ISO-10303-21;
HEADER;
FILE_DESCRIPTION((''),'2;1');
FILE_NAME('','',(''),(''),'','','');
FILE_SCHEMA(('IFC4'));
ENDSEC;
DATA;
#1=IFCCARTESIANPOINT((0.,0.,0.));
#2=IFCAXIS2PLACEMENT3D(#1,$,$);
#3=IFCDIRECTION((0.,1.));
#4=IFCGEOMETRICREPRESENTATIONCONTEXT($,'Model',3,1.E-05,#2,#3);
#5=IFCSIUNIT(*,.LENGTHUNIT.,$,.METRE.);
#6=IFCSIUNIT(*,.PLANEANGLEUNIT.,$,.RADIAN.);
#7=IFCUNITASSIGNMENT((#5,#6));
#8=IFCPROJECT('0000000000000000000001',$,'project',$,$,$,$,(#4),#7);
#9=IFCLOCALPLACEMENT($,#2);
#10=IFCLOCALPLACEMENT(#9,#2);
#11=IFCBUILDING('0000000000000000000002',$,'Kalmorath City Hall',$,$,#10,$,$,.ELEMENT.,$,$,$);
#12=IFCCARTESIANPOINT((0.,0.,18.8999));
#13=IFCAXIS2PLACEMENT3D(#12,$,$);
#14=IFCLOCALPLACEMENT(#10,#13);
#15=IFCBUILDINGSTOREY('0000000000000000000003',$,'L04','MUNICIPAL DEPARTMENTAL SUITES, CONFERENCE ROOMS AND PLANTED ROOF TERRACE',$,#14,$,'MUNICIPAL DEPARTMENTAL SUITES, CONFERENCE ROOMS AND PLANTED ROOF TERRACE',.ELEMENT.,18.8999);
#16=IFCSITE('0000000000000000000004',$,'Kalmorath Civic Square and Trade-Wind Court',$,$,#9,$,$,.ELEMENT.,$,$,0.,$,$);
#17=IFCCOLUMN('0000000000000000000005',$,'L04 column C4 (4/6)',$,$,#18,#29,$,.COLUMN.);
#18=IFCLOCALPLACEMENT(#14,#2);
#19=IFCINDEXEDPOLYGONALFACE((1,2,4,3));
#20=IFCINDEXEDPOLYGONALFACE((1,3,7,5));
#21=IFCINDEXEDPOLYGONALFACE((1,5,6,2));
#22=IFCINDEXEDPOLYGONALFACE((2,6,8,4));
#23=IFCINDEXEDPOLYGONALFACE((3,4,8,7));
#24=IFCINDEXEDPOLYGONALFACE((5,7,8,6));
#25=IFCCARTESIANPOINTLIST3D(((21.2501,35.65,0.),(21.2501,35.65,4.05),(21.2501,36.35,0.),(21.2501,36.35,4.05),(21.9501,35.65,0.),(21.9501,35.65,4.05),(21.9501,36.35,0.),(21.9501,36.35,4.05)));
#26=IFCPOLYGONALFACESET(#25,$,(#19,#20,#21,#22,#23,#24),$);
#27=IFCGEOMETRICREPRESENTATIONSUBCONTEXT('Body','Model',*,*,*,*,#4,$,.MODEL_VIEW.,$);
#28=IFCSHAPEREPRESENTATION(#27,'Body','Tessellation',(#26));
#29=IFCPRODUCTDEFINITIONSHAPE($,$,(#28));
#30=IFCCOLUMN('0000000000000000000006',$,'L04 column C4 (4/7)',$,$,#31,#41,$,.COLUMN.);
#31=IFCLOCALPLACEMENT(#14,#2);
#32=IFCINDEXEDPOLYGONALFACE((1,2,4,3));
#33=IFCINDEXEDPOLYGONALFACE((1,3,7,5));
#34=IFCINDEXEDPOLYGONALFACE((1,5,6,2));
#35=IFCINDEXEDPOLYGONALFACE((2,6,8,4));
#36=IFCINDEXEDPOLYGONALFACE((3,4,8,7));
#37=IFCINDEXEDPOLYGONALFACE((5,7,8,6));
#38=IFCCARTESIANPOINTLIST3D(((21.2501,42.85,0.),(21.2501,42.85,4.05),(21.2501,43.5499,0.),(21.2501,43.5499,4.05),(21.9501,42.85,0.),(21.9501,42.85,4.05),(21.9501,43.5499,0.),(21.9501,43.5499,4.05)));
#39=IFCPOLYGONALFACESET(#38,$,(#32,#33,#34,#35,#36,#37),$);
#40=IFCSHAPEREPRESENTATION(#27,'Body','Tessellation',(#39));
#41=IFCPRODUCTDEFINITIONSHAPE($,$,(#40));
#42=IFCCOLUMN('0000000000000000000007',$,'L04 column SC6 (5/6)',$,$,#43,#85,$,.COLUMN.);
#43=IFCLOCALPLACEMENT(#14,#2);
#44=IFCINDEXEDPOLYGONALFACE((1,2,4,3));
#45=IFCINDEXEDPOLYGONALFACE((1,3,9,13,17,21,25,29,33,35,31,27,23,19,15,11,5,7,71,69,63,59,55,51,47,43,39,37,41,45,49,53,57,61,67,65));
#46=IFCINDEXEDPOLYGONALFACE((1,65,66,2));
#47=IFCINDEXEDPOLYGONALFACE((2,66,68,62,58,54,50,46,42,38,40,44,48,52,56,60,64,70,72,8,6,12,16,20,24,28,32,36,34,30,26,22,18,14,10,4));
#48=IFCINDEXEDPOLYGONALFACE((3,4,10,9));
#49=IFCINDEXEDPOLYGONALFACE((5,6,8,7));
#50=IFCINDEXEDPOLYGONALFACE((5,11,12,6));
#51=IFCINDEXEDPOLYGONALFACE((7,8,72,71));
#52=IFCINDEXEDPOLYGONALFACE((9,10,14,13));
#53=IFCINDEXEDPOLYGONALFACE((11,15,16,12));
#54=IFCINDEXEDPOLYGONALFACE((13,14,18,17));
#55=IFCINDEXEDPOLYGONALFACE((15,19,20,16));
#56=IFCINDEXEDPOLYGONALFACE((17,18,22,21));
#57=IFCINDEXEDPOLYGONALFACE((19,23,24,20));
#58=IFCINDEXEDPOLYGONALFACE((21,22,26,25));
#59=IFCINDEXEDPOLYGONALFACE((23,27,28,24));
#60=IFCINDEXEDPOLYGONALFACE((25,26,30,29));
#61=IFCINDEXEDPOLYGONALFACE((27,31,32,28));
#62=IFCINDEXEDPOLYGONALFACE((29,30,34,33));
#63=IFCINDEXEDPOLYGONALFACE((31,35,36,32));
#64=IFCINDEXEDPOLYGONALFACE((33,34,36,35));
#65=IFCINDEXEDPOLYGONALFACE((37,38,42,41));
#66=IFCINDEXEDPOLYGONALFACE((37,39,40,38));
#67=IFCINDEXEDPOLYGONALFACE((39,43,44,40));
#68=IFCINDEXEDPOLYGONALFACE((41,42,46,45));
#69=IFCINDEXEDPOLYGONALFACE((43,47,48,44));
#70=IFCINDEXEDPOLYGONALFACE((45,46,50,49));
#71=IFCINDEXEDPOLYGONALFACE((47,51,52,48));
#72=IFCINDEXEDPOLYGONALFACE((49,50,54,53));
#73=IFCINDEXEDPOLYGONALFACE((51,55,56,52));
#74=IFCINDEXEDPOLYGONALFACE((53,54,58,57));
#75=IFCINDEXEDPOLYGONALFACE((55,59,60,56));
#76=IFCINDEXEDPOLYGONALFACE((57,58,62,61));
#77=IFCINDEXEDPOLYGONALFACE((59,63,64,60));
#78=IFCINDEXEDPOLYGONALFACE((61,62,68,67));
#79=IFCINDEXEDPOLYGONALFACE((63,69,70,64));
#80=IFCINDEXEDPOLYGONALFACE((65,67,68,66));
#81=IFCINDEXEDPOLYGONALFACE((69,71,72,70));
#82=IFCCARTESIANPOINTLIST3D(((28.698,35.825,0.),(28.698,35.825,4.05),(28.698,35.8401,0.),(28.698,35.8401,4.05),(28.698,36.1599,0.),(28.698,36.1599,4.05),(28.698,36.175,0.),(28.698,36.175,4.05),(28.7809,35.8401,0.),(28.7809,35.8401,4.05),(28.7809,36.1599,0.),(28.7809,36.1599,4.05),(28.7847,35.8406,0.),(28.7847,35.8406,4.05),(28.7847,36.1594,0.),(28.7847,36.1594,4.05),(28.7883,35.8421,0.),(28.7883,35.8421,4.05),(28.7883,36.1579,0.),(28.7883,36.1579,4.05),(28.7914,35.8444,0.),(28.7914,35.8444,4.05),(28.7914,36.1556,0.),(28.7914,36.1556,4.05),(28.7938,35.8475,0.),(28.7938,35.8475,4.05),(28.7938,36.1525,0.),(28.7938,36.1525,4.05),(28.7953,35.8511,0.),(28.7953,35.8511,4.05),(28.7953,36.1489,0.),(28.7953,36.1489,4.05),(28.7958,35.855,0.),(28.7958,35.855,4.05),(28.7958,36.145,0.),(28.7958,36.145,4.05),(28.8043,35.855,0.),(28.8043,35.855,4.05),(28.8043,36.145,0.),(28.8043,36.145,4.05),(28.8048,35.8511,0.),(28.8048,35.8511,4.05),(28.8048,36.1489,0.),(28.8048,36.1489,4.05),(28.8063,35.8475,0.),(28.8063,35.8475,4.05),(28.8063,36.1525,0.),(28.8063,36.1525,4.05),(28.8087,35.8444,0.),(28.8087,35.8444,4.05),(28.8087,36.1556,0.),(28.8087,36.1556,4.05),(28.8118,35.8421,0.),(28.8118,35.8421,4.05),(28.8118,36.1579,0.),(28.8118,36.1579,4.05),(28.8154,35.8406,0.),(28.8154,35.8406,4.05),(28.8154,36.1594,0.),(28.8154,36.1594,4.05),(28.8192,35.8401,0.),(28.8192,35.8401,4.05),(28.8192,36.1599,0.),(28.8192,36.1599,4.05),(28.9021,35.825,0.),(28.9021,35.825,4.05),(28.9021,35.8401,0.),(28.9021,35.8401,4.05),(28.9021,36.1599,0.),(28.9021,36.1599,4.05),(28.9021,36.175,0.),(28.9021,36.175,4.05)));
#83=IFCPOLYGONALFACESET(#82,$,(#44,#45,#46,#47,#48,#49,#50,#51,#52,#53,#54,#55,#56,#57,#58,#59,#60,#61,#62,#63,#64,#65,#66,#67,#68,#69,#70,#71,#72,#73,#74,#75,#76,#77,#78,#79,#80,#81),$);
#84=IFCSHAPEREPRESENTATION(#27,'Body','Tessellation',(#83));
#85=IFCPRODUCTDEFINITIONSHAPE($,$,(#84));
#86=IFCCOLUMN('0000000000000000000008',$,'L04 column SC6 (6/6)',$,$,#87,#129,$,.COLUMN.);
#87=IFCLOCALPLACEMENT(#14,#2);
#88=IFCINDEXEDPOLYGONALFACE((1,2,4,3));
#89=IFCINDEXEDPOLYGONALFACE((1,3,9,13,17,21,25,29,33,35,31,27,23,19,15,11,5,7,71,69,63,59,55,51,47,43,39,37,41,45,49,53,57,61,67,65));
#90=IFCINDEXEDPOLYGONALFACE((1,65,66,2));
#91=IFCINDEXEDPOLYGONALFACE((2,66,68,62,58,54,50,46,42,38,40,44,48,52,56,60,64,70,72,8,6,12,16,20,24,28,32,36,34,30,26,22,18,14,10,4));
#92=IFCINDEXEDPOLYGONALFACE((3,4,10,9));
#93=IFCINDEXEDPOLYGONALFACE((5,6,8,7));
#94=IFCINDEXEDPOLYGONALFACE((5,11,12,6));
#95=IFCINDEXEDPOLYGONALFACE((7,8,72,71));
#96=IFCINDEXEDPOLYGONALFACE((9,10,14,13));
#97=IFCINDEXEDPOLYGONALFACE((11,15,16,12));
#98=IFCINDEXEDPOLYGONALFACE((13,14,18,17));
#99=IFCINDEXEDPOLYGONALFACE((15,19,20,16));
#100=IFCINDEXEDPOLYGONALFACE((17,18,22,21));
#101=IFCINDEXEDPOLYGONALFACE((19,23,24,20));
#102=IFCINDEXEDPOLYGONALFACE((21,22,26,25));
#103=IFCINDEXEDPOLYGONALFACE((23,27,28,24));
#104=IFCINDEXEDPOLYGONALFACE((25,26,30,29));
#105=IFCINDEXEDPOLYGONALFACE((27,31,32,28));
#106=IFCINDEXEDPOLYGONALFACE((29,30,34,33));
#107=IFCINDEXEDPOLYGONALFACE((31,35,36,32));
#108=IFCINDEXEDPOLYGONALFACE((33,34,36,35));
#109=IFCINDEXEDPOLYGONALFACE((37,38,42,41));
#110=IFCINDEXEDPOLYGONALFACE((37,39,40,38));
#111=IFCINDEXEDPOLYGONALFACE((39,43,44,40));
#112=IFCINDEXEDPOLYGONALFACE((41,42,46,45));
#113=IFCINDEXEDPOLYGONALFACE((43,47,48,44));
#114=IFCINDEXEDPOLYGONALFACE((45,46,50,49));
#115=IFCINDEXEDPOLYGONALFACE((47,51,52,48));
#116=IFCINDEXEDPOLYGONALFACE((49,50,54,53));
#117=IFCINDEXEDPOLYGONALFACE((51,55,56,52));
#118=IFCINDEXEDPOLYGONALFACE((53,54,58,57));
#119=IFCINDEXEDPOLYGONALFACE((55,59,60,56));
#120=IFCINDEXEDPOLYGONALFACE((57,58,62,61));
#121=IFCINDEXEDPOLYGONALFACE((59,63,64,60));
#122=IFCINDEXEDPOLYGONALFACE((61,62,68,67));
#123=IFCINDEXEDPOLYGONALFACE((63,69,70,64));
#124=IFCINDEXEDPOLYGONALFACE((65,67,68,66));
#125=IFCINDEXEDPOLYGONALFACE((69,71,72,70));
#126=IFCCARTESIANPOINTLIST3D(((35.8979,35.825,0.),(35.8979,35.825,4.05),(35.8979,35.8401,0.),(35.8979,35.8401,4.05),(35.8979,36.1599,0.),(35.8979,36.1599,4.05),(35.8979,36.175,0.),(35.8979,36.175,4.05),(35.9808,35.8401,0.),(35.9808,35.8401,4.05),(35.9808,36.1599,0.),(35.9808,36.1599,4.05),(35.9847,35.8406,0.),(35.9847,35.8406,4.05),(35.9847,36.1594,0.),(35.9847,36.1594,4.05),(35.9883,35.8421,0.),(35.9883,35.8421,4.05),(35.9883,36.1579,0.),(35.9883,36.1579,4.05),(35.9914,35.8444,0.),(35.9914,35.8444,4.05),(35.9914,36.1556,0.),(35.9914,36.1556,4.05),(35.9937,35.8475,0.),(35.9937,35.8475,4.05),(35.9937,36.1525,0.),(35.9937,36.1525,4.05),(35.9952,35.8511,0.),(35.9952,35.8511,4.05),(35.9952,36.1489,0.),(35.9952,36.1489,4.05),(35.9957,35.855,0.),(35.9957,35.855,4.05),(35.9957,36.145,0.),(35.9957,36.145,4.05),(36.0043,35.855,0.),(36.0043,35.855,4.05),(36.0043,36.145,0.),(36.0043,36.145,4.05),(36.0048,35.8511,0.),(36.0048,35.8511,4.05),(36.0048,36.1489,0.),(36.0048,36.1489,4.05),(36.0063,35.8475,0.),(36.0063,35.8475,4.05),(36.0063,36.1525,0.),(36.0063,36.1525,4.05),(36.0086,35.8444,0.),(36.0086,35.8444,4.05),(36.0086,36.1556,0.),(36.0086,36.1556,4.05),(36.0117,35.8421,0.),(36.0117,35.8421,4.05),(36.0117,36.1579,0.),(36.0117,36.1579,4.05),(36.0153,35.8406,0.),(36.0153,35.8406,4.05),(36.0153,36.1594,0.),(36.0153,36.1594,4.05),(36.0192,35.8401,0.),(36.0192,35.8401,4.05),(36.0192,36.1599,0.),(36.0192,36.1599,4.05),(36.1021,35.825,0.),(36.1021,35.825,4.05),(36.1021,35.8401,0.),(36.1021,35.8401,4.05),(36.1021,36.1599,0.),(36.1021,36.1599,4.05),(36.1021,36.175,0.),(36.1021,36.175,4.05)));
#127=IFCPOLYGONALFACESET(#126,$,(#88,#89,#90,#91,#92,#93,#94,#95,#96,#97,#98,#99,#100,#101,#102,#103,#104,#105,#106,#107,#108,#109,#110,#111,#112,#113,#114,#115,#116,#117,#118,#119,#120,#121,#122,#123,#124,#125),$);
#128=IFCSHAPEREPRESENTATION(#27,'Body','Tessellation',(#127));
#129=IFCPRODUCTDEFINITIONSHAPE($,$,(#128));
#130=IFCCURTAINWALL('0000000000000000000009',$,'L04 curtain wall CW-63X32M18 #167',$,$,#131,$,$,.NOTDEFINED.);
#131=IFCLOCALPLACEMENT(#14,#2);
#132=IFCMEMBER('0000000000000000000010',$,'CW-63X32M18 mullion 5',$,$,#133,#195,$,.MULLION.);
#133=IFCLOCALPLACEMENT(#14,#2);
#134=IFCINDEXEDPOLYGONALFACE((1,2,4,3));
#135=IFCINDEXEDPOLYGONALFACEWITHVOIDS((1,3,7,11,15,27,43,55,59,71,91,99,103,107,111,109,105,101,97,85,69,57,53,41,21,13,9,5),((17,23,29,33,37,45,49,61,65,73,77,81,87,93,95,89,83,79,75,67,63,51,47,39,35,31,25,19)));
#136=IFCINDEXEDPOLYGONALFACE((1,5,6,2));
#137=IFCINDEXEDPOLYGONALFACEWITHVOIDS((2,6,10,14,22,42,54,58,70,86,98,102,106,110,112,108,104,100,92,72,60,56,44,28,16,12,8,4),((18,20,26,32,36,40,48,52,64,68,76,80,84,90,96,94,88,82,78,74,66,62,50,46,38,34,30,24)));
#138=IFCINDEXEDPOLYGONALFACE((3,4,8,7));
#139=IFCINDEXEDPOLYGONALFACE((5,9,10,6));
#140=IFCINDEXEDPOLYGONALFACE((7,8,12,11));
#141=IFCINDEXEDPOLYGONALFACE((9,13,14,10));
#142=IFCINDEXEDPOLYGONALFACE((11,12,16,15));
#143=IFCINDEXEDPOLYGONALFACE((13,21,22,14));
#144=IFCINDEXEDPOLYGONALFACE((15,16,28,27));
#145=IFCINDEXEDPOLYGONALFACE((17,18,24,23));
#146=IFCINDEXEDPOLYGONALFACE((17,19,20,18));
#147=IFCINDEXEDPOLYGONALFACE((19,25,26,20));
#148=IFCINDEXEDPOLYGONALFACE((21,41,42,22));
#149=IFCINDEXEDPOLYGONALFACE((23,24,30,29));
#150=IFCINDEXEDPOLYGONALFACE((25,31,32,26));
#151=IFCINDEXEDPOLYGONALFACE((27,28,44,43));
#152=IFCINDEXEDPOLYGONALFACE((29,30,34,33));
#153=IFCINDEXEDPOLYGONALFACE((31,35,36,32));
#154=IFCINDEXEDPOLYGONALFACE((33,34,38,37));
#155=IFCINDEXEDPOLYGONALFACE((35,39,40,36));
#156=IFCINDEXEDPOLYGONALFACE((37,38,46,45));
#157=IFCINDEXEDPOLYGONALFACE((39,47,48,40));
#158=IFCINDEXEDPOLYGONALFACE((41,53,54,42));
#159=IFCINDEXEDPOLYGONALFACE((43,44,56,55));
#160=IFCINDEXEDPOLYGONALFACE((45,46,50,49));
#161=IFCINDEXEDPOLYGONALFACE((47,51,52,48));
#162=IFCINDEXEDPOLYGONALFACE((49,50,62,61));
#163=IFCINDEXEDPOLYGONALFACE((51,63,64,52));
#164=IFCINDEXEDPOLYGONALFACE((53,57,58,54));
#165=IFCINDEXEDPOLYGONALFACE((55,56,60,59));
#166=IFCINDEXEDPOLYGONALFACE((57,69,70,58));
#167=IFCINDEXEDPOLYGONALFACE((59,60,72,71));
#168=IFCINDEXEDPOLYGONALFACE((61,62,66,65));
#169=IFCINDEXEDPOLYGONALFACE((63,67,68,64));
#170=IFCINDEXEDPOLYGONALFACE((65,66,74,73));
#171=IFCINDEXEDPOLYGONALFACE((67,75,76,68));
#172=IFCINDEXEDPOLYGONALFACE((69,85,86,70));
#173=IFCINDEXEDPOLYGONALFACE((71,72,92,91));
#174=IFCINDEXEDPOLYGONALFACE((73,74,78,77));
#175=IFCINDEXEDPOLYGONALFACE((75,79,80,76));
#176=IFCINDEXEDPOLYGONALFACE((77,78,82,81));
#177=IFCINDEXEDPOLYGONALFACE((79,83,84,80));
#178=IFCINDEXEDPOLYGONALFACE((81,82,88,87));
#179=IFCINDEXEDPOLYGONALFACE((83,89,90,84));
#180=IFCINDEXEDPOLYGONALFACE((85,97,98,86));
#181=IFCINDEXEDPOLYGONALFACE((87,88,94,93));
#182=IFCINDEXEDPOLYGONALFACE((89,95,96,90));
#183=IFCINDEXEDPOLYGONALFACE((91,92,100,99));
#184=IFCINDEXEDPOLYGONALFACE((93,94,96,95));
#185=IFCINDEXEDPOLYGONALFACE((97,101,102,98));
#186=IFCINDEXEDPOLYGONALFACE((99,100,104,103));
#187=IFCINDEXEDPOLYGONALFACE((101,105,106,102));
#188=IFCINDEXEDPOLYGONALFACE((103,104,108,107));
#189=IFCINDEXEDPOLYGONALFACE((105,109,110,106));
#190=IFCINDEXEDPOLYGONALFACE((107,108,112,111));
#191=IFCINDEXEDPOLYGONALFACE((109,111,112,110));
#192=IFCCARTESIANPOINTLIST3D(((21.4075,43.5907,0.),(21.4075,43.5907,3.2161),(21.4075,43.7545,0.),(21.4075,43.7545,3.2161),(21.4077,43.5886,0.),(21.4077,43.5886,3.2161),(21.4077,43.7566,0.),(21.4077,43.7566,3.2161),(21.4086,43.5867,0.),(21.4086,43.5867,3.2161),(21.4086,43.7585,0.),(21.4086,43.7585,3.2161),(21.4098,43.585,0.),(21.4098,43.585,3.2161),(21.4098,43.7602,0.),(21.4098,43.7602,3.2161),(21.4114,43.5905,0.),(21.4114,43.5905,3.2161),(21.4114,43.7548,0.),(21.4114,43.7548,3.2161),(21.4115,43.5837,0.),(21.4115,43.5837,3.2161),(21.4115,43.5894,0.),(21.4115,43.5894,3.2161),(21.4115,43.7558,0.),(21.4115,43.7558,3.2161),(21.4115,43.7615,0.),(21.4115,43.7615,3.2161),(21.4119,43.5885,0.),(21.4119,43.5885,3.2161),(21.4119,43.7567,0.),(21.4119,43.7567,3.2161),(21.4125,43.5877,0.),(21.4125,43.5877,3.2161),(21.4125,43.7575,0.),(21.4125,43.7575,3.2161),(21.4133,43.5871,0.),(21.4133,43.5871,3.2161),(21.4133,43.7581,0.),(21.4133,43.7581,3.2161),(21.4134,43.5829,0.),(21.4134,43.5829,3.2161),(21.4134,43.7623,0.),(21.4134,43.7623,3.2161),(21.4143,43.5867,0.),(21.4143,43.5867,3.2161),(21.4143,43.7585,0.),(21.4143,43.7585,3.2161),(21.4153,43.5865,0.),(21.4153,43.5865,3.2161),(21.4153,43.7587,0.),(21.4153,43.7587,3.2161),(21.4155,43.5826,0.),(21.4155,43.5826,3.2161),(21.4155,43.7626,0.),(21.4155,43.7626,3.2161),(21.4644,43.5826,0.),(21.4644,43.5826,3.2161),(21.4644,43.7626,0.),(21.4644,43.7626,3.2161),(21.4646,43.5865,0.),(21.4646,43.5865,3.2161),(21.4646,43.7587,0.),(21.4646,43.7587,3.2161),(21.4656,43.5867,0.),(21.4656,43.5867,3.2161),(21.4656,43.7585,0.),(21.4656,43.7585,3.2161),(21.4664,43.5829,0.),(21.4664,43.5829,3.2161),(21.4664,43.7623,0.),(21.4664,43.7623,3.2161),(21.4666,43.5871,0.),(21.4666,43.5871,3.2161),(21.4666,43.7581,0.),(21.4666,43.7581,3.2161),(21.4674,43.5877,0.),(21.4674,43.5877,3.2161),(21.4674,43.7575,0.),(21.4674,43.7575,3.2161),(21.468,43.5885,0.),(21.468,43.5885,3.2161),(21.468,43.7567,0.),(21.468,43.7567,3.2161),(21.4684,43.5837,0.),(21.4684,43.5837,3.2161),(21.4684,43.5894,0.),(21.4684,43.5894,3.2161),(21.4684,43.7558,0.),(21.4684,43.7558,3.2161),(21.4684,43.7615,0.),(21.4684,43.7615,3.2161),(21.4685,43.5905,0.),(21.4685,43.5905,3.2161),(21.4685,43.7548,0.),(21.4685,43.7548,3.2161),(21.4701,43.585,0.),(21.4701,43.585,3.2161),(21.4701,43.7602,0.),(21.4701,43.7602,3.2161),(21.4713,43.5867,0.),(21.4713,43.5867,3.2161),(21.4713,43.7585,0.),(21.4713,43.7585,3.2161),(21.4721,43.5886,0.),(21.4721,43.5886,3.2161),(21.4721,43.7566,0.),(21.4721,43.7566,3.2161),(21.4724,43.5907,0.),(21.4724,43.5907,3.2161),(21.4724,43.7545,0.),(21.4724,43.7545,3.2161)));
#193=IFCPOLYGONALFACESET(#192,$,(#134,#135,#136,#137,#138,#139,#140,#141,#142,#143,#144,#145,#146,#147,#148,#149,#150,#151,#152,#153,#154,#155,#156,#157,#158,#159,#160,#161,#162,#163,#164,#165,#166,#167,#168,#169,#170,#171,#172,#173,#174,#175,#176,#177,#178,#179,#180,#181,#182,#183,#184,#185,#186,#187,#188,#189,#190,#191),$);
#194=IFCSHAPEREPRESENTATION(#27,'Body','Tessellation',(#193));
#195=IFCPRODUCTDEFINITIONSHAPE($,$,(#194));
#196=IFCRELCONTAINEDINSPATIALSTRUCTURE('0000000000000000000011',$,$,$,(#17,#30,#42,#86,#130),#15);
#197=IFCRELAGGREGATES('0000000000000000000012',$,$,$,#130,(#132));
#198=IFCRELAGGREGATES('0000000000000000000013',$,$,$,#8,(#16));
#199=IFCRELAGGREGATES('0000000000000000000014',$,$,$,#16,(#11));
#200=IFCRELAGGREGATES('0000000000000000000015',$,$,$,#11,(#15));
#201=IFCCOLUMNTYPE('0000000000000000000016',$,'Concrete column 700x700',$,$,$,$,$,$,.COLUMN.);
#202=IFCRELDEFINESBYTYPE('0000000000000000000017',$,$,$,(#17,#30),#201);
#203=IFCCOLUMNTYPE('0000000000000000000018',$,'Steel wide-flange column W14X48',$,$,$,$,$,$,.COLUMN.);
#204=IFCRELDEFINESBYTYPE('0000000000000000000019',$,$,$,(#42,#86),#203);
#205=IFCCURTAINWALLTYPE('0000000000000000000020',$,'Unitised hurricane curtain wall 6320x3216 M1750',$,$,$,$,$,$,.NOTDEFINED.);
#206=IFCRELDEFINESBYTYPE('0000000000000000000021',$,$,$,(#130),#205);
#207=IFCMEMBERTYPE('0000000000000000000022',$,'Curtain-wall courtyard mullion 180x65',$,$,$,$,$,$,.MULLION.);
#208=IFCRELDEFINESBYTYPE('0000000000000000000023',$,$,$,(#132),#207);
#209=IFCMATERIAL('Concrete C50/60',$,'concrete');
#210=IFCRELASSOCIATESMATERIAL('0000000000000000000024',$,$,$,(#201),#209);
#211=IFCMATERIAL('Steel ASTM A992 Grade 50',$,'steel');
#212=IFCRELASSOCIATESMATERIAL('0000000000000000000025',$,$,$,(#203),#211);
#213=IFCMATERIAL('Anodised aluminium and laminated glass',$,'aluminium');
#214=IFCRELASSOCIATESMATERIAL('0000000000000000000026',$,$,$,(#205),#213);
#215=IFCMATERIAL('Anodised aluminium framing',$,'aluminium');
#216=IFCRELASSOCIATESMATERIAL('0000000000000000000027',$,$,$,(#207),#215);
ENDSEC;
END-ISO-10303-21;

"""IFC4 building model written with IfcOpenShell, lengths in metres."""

from ifc_helpers import new_model, si_unit, direction, frame, origin, origin_2d, place, context, subcontext, project, spatial, rectangle, hollow_rectangle, i_section, extrude, material, material_profile, profile_set, type_object, element, aggregate, save


model = new_model("IFC4")

# Units and contexts
model_context = context("Model", 3, precision=1e-05, world=origin(), true_north=direction((0.0, 1.0)))
body_context = subcontext(model_context, "Body", "Model", "MODEL_VIEW")
ifc_project = project(units=[si_unit("LENGTHUNIT", "METRE"), si_unit("PLANEANGLEUNIT", "RADIAN")], contexts=[model_context])

# Site, building, storey
site_placement = place(None, origin())
site = spatial("IfcSite", under=ifc_project, at=site_placement, Name="Kalmorath Civic Square and Trade-Wind Court", CompositionType="ELEMENT", RefElevation=0.0)
building_placement = place(site_placement, origin())
building = spatial("IfcBuilding", under=site, at=building_placement, Name="Kalmorath City Hall", CompositionType="ELEMENT")
storey_placement = place(building_placement, frame((0.0, 0.0, 18.8999)))
storey = spatial("IfcBuildingStorey", under=building, at=storey_placement, Name="L04", Description="MUNICIPAL DEPARTMENTAL SUITES, CONFERENCE ROOMS AND PLANTED ROOF TERRACE", LongName="MUNICIPAL DEPARTMENTAL SUITES, CONFERENCE ROOMS AND PLANTED ROOF TERRACE", CompositionType="ELEMENT", Elevation=18.8999)

# Columns
ifc_material_1 = material(Name="Concrete C50/60", Category="concrete")
ifc_material_profile_1 = material_profile(ifc_material_1, rectangle(XDim=0.7, YDim=0.7, at=origin_2d()), Name="RC-COL-700X700")
ifc_profile_set_1 = profile_set([ifc_material_profile_1], Name="Concrete C50/60")
column_type_1 = type_object("IfcColumnType", Name="Concrete column 700x700", PredefinedType="COLUMN", material=ifc_profile_set_1)
for number, where, z_axis, x_axis, name in (
    (1, (21.6001, 36.0, 0.0), (0.0, 0.0, 1.0), (1.0, 0.0, 0.0), "L04 column C4 (4/6)"),
    (2, (21.6001, 43.2, 0.0), (0.0, 0.0, 1.0), (1.0, 0.0, 0.0), "L04 column C4 (4/7)"),
):
    element("IfcColumn", number, at=place(storey_placement, frame(where, z_axis=z_axis, x_axis=x_axis)), inside=storey, type_object=column_type_1, Name=name, PredefinedType="COLUMN", context=body_context, shape_type="SweptSolid", body=[
        extrude(rectangle(XDim=0.7, YDim=0.7, at=origin_2d()), origin(), (0.0, 0.0, 1.0), 4.05),
    ])
ifc_material_2 = material(Name="Steel ASTM A992 Grade 50", Category="steel")
ifc_material_profile_2 = material_profile(ifc_material_2, i_section(OverallWidth=0.2041, OverallDepth=0.3501, WebThickness=0.0085, FlangeThickness=0.0151, FilletRadius=0.0149, at=origin_2d()), Name="W14X48")
ifc_profile_set_2 = profile_set([ifc_material_profile_2], Name="Steel ASTM A992 Grade 50")
column_type_2 = type_object("IfcColumnType", Name="Steel wide-flange column W14X48", PredefinedType="COLUMN", material=ifc_profile_set_2)
for number, where, z_axis, x_axis, name in (
    (3, (28.8, 36.0, 0.0), (0.0, 0.0, 1.0), (1.0, 0.0, 0.0), "L04 column SC6 (5/6)"),
    (4, (36.0, 36.0, 0.0), (0.0, 0.0, 1.0), (1.0, 0.0, 0.0), "L04 column SC6 (6/6)"),
):
    element("IfcColumn", number, at=place(storey_placement, frame(where, z_axis=z_axis, x_axis=x_axis)), inside=storey, type_object=column_type_2, Name=name, PredefinedType="COLUMN", context=body_context, shape_type="SweptSolid", body=[
        extrude(i_section(OverallWidth=0.2041, OverallDepth=0.3501, WebThickness=0.0085, FlangeThickness=0.0151, FilletRadius=0.0149, at=origin_2d()), origin(), (0.0, 0.0, 1.0), 4.05),
    ])

# Curtain wall, member
ifc_material_3 = material(Name="Anodised aluminium and laminated glass", Category="aluminium")
curtain_wall_type_1 = type_object("IfcCurtainWallType", Name="Unitised hurricane curtain wall 6320x3216 M1750", PredefinedType="NOTDEFINED", material=ifc_material_3)
curtain_wall_1_placement = place(storey_placement, origin())
curtain_wall_1 = element("IfcCurtainWall", 5, at=curtain_wall_1_placement, inside=storey, type_object=curtain_wall_type_1, Name="L04 curtain wall CW-63X32M18 #167", PredefinedType="NOTDEFINED")
ifc_material_4 = material(Name="Anodised aluminium framing", Category="aluminium")
ifc_material_profile_3 = material_profile(ifc_material_4, hollow_rectangle(XDim=0.0649, YDim=0.1799, WallThickness=0.0039, InnerFilletRadius=0.0039, OuterFilletRadius=0.0081, at=origin_2d()), Name="ALU-MUL-180X65X4")
ifc_profile_set_3 = profile_set([ifc_material_profile_3], Name="Anodised aluminium framing")
member_type_1 = type_object("IfcMemberType", Name="Curtain-wall courtyard mullion 180x65", PredefinedType="MULLION", material=ifc_profile_set_3)
member_1_placement = place(storey_placement, frame((21.4399, 43.6726, 0.0), z_axis=(0.0, 0.0, 1.0), x_axis=(1.0, 0.0, 0.0)))
member_1 = element("IfcMember", 6, at=member_1_placement, type_object=member_type_1, Name="CW-63X32M18 mullion 5", PredefinedType="MULLION", context=body_context, shape_type="SweptSolid", body=[
    extrude(hollow_rectangle(XDim=0.0649, YDim=0.1799, WallThickness=0.0039, InnerFilletRadius=0.0039, OuterFilletRadius=0.0081, at=origin_2d()), origin(), (0.0, 0.0, 1.0), 3.2161),
])

aggregate(curtain_wall_1, [member_1])

save(model, "model.ifc")
